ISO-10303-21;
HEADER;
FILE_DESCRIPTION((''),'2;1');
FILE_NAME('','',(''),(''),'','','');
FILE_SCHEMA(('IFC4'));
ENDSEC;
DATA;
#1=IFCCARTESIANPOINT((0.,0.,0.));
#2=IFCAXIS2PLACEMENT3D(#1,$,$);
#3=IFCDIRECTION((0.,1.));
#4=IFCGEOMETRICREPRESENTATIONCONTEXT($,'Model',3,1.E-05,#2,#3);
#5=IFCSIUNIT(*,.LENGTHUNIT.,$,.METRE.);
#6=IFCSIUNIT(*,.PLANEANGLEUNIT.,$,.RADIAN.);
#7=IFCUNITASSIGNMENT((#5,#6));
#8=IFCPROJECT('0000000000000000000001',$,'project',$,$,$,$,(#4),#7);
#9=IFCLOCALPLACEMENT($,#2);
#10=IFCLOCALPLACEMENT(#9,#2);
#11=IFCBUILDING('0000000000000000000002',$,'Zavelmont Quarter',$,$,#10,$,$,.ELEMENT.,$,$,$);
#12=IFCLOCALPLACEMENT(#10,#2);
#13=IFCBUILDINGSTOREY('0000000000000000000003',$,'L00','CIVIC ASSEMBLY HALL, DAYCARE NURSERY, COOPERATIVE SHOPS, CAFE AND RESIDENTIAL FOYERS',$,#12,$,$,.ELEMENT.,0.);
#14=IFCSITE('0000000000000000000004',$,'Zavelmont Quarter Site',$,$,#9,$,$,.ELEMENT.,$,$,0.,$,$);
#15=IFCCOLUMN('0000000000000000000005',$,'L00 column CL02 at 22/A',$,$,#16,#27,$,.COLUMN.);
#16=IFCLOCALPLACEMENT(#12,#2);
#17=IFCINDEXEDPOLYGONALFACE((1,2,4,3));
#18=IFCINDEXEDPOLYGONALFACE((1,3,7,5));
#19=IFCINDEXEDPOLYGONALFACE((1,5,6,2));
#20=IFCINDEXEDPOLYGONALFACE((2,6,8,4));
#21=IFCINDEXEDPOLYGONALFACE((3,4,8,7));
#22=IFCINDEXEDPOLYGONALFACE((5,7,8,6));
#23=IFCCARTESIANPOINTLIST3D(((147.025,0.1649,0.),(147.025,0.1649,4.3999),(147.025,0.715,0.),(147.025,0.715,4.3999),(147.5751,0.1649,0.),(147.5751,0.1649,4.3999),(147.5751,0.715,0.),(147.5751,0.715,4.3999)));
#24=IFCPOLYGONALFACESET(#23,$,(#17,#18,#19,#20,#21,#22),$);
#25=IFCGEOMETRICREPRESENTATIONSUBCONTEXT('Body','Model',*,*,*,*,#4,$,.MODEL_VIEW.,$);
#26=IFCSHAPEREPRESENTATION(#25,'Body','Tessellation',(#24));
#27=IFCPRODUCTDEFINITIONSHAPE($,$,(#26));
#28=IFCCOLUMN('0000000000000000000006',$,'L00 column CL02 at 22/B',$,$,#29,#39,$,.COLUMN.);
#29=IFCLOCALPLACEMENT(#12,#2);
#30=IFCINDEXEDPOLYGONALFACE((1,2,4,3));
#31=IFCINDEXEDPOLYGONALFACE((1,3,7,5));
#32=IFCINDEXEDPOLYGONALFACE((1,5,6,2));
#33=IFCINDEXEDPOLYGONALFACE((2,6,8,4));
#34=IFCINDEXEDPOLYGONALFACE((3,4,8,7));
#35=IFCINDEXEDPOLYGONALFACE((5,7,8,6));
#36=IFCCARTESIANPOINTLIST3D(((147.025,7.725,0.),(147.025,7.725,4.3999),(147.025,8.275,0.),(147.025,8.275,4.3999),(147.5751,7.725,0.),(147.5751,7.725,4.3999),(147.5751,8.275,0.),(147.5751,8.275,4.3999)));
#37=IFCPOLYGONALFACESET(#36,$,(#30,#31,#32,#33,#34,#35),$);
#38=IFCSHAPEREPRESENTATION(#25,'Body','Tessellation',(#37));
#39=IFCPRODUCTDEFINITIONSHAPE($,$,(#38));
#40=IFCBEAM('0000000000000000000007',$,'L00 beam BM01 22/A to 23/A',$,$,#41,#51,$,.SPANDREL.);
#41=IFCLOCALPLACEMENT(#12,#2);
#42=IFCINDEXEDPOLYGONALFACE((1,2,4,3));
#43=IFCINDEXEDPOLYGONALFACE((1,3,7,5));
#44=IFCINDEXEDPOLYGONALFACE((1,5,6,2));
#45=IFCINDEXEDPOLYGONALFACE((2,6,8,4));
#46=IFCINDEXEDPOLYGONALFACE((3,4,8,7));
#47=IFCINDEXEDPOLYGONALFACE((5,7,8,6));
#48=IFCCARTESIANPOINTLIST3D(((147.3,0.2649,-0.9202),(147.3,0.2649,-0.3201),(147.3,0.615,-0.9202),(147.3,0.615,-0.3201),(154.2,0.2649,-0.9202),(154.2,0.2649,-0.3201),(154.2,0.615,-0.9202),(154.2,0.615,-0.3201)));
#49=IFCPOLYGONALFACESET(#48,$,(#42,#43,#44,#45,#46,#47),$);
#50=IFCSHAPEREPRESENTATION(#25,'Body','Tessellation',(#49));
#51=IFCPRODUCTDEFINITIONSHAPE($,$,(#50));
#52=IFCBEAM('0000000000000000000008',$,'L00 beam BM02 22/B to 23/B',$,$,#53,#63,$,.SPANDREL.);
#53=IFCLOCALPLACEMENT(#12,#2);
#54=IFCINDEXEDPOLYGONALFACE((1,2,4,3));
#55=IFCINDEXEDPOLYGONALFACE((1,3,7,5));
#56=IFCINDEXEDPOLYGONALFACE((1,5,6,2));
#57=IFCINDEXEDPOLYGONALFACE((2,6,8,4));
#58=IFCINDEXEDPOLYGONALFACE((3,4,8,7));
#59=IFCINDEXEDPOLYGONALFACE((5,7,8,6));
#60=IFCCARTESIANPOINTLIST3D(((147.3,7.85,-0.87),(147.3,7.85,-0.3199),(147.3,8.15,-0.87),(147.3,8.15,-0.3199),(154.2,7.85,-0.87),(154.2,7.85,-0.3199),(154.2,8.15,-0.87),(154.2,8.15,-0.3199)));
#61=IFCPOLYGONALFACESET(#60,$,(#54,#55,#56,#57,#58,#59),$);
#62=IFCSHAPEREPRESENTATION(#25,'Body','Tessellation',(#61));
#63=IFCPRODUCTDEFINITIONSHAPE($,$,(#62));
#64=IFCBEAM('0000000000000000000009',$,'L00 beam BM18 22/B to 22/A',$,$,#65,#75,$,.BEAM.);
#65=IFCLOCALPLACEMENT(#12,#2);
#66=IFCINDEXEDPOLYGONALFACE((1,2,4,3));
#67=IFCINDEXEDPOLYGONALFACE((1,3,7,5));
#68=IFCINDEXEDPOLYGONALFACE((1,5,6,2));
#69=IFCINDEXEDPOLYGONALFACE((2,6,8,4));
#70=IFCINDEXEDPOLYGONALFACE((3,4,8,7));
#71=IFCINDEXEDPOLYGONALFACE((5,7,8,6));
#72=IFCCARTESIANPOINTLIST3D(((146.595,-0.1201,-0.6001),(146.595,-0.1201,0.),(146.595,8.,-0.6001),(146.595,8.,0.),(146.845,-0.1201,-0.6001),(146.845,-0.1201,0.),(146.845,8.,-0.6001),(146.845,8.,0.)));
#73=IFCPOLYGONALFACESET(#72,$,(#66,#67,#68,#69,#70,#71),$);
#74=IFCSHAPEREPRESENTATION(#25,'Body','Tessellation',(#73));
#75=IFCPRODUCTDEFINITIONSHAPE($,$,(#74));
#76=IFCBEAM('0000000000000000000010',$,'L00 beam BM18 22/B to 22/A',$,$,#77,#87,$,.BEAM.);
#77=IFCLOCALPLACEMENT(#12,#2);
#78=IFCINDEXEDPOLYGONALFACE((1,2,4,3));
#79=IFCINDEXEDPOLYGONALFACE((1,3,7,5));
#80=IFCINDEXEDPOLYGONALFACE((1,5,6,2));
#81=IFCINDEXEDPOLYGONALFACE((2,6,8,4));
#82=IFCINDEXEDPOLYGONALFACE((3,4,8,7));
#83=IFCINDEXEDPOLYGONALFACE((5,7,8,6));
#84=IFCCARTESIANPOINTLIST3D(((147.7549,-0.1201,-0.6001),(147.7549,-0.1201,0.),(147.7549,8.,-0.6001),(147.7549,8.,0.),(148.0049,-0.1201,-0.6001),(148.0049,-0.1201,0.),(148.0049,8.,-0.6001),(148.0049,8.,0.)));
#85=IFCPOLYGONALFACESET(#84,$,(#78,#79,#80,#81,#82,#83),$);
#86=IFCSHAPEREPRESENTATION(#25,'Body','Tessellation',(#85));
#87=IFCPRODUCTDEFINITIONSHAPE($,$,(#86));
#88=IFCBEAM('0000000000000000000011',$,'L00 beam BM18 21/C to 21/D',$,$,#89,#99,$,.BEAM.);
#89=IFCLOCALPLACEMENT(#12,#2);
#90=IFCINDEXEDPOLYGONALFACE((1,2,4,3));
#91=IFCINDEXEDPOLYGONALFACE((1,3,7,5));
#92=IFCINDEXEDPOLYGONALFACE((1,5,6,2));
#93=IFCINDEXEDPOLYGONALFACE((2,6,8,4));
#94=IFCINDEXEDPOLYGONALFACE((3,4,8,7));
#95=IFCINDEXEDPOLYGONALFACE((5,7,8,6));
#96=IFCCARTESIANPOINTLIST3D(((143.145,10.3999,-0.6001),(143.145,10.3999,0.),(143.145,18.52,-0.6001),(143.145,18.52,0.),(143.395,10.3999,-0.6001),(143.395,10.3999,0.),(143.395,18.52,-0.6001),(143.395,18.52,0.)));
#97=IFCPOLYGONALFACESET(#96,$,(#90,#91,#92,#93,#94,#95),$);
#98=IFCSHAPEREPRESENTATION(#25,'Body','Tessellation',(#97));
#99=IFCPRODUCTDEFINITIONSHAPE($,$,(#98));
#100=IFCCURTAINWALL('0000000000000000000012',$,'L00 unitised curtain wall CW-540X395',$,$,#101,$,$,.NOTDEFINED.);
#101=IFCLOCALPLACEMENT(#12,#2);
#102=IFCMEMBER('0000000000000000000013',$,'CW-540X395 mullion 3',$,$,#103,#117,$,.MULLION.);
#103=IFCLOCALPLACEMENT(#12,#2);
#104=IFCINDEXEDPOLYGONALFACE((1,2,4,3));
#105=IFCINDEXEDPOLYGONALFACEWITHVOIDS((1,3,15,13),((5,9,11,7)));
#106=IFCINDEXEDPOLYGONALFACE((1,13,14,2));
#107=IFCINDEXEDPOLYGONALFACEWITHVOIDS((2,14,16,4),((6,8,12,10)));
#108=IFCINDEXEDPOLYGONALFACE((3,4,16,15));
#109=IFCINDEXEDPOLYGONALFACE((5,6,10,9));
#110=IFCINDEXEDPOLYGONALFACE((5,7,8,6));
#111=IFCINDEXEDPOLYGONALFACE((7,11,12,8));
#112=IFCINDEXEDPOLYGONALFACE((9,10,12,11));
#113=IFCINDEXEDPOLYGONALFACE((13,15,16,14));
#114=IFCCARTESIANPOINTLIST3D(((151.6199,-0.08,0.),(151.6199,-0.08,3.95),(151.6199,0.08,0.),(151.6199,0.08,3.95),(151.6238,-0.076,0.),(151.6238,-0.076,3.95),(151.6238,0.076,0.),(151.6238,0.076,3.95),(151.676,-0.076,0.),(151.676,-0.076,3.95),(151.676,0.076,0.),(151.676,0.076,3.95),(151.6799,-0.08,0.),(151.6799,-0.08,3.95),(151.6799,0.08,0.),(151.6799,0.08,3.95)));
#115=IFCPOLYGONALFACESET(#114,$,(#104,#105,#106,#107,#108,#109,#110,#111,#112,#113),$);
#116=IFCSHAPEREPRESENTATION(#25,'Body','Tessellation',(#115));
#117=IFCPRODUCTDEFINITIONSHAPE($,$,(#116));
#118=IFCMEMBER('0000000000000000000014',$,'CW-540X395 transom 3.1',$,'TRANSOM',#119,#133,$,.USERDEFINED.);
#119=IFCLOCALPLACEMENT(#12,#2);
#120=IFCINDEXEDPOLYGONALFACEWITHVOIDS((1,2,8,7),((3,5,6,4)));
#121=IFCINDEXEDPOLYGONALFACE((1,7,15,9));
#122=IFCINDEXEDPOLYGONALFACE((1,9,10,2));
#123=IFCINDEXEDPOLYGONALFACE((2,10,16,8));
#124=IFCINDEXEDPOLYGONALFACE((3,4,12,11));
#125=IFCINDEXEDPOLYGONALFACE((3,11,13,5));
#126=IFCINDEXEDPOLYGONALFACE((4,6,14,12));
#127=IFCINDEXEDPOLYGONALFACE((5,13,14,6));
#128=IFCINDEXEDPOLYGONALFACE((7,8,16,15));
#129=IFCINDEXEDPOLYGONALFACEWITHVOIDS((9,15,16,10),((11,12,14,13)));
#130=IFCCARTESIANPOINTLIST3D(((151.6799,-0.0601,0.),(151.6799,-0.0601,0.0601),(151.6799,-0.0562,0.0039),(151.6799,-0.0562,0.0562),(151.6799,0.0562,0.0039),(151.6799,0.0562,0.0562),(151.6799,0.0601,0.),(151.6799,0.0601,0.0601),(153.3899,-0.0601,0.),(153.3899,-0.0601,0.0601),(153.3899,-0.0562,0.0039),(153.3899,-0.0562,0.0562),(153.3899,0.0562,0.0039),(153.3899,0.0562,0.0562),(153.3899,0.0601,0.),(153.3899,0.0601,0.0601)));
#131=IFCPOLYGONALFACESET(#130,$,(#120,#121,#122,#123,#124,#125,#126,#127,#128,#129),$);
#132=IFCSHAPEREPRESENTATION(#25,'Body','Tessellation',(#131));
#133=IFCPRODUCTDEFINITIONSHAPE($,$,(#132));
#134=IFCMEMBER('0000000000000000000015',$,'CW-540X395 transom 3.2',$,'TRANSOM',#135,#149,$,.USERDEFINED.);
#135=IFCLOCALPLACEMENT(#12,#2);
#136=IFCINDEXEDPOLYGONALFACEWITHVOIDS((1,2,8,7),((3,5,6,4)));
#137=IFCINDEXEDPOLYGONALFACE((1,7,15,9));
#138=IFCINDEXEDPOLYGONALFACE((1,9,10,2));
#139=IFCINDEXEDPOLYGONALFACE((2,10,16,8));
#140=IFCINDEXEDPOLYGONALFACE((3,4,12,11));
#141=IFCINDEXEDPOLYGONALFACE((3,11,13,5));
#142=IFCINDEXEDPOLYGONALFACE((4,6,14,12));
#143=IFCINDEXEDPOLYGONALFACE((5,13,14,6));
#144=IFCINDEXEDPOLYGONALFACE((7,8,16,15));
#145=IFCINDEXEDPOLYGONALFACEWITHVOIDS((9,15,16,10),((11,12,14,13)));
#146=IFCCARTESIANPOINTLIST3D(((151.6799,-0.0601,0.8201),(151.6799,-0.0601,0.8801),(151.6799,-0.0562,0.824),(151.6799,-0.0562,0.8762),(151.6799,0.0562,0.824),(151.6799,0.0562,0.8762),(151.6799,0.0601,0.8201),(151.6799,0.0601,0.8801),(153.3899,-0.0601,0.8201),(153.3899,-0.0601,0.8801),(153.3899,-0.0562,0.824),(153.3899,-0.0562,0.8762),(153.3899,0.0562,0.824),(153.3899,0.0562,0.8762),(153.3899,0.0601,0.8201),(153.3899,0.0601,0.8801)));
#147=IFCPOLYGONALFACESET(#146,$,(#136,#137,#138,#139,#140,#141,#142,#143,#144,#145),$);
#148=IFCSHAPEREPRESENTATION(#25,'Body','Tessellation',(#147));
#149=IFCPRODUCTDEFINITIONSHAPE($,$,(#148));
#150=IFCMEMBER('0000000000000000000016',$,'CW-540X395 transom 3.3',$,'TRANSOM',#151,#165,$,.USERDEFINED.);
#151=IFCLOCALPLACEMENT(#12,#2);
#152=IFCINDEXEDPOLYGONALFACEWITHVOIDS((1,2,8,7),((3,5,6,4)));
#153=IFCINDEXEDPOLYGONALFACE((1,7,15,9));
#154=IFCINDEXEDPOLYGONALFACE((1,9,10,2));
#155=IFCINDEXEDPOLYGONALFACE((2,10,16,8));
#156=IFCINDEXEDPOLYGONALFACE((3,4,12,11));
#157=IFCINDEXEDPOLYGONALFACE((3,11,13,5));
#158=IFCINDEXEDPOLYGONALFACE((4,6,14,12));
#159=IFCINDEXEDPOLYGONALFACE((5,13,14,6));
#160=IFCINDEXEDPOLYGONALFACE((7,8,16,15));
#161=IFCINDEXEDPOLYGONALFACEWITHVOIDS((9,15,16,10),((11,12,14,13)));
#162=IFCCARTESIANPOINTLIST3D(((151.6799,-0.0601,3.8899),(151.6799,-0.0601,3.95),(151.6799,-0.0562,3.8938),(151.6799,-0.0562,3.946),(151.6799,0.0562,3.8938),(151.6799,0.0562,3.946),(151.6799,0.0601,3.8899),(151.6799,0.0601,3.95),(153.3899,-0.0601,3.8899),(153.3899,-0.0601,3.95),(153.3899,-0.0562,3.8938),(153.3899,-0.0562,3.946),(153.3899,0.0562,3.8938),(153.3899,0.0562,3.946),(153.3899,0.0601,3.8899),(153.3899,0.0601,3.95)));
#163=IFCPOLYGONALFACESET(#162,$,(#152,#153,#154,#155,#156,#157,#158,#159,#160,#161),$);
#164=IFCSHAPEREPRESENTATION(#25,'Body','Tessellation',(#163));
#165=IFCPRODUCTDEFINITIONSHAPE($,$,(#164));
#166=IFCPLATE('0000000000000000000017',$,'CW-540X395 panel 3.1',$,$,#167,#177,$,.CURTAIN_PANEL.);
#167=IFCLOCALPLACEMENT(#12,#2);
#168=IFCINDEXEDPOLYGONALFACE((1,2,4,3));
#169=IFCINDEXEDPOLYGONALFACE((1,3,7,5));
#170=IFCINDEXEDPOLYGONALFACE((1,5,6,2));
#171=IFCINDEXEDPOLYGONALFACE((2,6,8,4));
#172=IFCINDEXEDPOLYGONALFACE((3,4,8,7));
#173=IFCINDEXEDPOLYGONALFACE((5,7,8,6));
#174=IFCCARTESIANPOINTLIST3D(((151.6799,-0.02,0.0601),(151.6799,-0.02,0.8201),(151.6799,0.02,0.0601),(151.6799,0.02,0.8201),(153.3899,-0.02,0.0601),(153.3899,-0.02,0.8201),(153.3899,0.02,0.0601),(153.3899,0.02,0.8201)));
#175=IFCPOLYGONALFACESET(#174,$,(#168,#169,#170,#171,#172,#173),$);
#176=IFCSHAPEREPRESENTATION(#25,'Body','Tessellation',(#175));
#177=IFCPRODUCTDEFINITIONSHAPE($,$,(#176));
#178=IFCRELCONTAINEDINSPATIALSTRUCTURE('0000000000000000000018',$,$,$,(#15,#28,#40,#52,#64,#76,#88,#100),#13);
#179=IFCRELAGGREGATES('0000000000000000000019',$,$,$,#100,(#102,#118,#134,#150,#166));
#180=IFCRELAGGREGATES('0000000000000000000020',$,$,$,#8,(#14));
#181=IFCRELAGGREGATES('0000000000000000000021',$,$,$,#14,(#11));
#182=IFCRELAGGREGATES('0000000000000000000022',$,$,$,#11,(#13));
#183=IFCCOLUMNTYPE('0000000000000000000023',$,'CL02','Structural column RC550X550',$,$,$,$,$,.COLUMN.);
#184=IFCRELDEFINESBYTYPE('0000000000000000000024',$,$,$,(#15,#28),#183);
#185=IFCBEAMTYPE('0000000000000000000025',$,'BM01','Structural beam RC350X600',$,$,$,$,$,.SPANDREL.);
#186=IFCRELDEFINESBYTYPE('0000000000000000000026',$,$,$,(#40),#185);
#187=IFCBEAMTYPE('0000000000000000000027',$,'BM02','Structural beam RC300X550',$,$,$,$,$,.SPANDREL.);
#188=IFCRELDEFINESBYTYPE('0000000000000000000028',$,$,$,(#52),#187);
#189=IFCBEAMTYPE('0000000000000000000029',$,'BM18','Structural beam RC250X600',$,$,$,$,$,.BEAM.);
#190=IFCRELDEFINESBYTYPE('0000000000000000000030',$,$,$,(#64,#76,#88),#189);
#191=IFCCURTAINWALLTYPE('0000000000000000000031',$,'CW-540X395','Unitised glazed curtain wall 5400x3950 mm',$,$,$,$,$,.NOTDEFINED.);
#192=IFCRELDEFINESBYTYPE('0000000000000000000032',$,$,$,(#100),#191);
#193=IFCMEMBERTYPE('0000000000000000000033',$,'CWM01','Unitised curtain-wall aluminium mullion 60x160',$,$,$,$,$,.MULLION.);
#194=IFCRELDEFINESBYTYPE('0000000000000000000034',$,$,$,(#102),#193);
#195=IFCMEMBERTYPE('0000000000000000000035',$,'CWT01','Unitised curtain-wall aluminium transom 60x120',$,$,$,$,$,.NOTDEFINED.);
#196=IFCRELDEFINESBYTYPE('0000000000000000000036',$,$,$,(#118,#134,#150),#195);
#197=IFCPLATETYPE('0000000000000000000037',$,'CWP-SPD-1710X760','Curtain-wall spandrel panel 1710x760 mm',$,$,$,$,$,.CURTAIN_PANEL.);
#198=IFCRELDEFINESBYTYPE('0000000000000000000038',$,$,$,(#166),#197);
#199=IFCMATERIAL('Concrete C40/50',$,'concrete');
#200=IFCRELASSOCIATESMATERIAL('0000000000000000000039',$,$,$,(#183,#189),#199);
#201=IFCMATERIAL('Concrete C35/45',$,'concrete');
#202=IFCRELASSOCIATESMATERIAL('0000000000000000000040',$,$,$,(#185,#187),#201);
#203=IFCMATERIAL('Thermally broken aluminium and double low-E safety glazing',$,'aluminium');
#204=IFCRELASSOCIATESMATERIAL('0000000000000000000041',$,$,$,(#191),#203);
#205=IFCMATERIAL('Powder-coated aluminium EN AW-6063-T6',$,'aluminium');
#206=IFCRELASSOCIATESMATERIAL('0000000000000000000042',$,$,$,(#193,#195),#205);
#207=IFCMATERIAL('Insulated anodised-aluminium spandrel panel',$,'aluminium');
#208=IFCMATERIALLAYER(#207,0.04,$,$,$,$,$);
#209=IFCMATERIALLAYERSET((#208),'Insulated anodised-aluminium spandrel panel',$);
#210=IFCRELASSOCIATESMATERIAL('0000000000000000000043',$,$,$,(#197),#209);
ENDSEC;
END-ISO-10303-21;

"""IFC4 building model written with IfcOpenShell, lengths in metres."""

from ifc_helpers import new_model, si_unit, direction, frame, origin, origin_2d, place, context, subcontext, project, spatial, rectangle, hollow_rectangle, extrude, material, layer, layer_set, material_profile, profile_set, type_object, element, aggregate, save


model = new_model("IFC4")

# Units and contexts
model_context = context("Model", 3, precision=1e-05, world=origin(), true_north=direction((0.0, 1.0)))
body_context = subcontext(model_context, "Body", "Model", "MODEL_VIEW")
ifc_project = project(units=[si_unit("LENGTHUNIT", "METRE"), si_unit("PLANEANGLEUNIT", "RADIAN")], contexts=[model_context])

# Site, building, storey
site_placement = place(None, origin())
site = spatial("IfcSite", under=ifc_project, at=site_placement, Name="Zavelmont Quarter Site", CompositionType="ELEMENT", RefElevation=0.0)
building_placement = place(site_placement, origin())
building = spatial("IfcBuilding", under=site, at=building_placement, Name="Zavelmont Quarter", CompositionType="ELEMENT")
storey_placement = place(building_placement, origin())
storey = spatial("IfcBuildingStorey", under=building, at=storey_placement, Name="L00", Description="CIVIC ASSEMBLY HALL, DAYCARE NURSERY, COOPERATIVE SHOPS, CAFE AND RESIDENTIAL FOYERS", CompositionType="ELEMENT", Elevation=0.0)

# Columns
ifc_material_1 = material(Name="Concrete C40/50", Category="concrete")
ifc_material_profile_1 = material_profile(ifc_material_1, rectangle(XDim=0.55, YDim=0.55, at=origin_2d()), Name="RC550X550")
ifc_profile_set_1 = profile_set([ifc_material_profile_1], Name="Concrete C40/50")
column_type = type_object("IfcColumnType", Name="CL02", Description="Structural column RC550X550", PredefinedType="COLUMN", material=ifc_profile_set_1)
for number, where, z_axis, x_axis, name in (
    (1, (147.3, 0.4399, 0.0), (0.0, 0.0, 1.0), (1.0, 0.0, 0.0), "L00 column CL02 at 22/A"),
    (2, (147.3, 8.0, 0.0), (0.0, 0.0, 1.0), (1.0, 0.0, 0.0), "L00 column CL02 at 22/B"),
):
    element("IfcColumn", number, at=place(storey_placement, frame(where, z_axis=z_axis, x_axis=x_axis)), inside=storey, type_object=column_type, Name=name, PredefinedType="COLUMN", context=body_context, shape_type="SweptSolid", body=[
        extrude(rectangle(XDim=0.55, YDim=0.55, at=origin_2d()), origin(), (0.0, 0.0, 1.0), 4.3999),
    ])

# Beams
ifc_material_2 = material(Name="Concrete C35/45", Category="concrete")
ifc_material_profile_2 = material_profile(ifc_material_2, rectangle(XDim=0.3501, YDim=0.6001, at=origin_2d()), Name="RC350X600")
ifc_profile_set_2 = profile_set([ifc_material_profile_2], Name="Concrete C35/45")
beam_type_1 = type_object("IfcBeamType", Name="BM01", Description="Structural beam RC350X600", PredefinedType="SPANDREL", material=ifc_profile_set_2)
beam_1_placement = place(storey_placement, frame((147.3, 0.4399, -0.6201), z_axis=(1.0, 0.0, 0.0), x_axis=(0.0, 1.0, 0.0)))
element("IfcBeam", 3, at=beam_1_placement, inside=storey, type_object=beam_type_1, Name="L00 beam BM01 22/A to 23/A", PredefinedType="SPANDREL", context=body_context, shape_type="SweptSolid", body=[
    extrude(rectangle(XDim=0.3501, YDim=0.6001, at=origin_2d()), origin(), (0.0, 0.0, 1.0), 6.8999),
])
ifc_material_profile_3 = material_profile(ifc_material_2, rectangle(XDim=0.3, YDim=0.55, at=origin_2d()), Name="RC300X550")
ifc_profile_set_3 = profile_set([ifc_material_profile_3], Name="Concrete C35/45")
beam_type_2 = type_object("IfcBeamType", Name="BM02", Description="Structural beam RC300X550", PredefinedType="SPANDREL", material=ifc_profile_set_3)
beam_2_placement = place(storey_placement, frame((147.3, 8.0, -0.595), z_axis=(1.0, 0.0, 0.0), x_axis=(0.0, 1.0, 0.0)))
element("IfcBeam", 4, at=beam_2_placement, inside=storey, type_object=beam_type_2, Name="L00 beam BM02 22/B to 23/B", PredefinedType="SPANDREL", context=body_context, shape_type="SweptSolid", body=[
    extrude(rectangle(XDim=0.3, YDim=0.55, at=origin_2d()), origin(), (0.0, 0.0, 1.0), 6.8999),
])
ifc_material_profile_4 = material_profile(ifc_material_1, rectangle(XDim=0.25, YDim=0.6001, at=origin_2d()), Name="RC250X600")
ifc_profile_set_4 = profile_set([ifc_material_profile_4], Name="Concrete C40/50")
beam_type_3 = type_object("IfcBeamType", Name="BM18", Description="Structural beam RC250X600", PredefinedType="BEAM", material=ifc_profile_set_4)
for number, where, z_axis, x_axis, name in (
    (5, (146.72, 8.0, -0.3), (0.0, -1.0, 0.0), (1.0, 0.0, 0.0), "L00 beam BM18 22/B to 22/A"),
    (6, (147.8799, 8.0, -0.3), (0.0, -1.0, 0.0), (1.0, 0.0, 0.0), "L00 beam BM18 22/B to 22/A"),
    (7, (143.27, 10.3999, -0.3), (0.0, 1.0, 0.0), (-1.0, 0.0, 0.0), "L00 beam BM18 21/C to 21/D"),
):
    element("IfcBeam", number, at=place(storey_placement, frame(where, z_axis=z_axis, x_axis=x_axis)), inside=storey, type_object=beam_type_3, Name=name, PredefinedType="BEAM", context=body_context, shape_type="SweptSolid", body=[
        extrude(rectangle(XDim=0.25, YDim=0.6001, at=origin_2d()), origin(), (0.0, 0.0, 1.0), 8.1201),
    ])

# Curtain wall, members, plate
ifc_material_3 = material(Name="Thermally broken aluminium and double low-E safety glazing", Category="aluminium")
curtain_wall_type = type_object("IfcCurtainWallType", Name="CW-540X395", Description="Unitised glazed curtain wall 5400x3950 mm", PredefinedType="NOTDEFINED", material=ifc_material_3)
curtain_wall_placement = place(storey_placement, origin())
curtain_wall = element("IfcCurtainWall", 8, at=curtain_wall_placement, inside=storey, type_object=curtain_wall_type, Name="L00 unitised curtain wall CW-540X395", PredefinedType="NOTDEFINED")
ifc_material_4 = material(Name="Powder-coated aluminium EN AW-6063-T6", Category="aluminium")
ifc_material_profile_5 = material_profile(ifc_material_4, hollow_rectangle(XDim=0.0601, YDim=0.1599, WallThickness=0.0039, at=origin_2d()), Name="CWM60X160")
ifc_profile_set_5 = profile_set([ifc_material_profile_5], Name="Powder-coated aluminium EN AW-6063-T6")
member_type_1 = type_object("IfcMemberType", Name="CWM01", Description="Unitised curtain-wall aluminium mullion 60x160", PredefinedType="MULLION", material=ifc_profile_set_5)
member_1_placement = place(storey_placement, frame((151.6499, 0.0, 0.0), z_axis=(0.0, 0.0, 1.0), x_axis=(1.0, 0.0, 0.0)))
member_1 = element("IfcMember", 9, at=member_1_placement, type_object=member_type_1, Name="CW-540X395 mullion 3", PredefinedType="MULLION", context=body_context, shape_type="SweptSolid", body=[
    extrude(hollow_rectangle(XDim=0.0601, YDim=0.1599, WallThickness=0.0039, at=origin_2d()), origin(), (0.0, 0.0, 1.0), 3.95),
])
ifc_material_profile_6 = material_profile(ifc_material_4, hollow_rectangle(XDim=0.1201, YDim=0.0601, WallThickness=0.0039, at=origin_2d()), Name="CWT60X120")
ifc_profile_set_6 = profile_set([ifc_material_profile_6], Name="Powder-coated aluminium EN AW-6063-T6")
member_type_2 = type_object("IfcMemberType", Name="CWT01", Description="Unitised curtain-wall aluminium transom 60x120", PredefinedType="NOTDEFINED", material=ifc_profile_set_6)
member_2_placement = place(storey_placement, frame((151.6799, 0.0, 0.03), z_axis=(1.0, 0.0, 0.0), x_axis=(0.0, 1.0, 0.0)))
member_2 = element("IfcMember", 10, at=member_2_placement, type_object=member_type_2, Name="CW-540X395 transom 3.1", ObjectType="TRANSOM", PredefinedType="USERDEFINED", context=body_context, shape_type="SweptSolid", body=[
    extrude(hollow_rectangle(XDim=0.1201, YDim=0.0601, WallThickness=0.0039, at=origin_2d()), origin(), (0.0, 0.0, 1.0), 1.71),
])
member_3_placement = place(storey_placement, frame((151.6799, 0.0, 0.8501), z_axis=(1.0, 0.0, 0.0), x_axis=(0.0, 1.0, 0.0)))
member_3 = element("IfcMember", 11, at=member_3_placement, type_object=member_type_2, Name="CW-540X395 transom 3.2", ObjectType="TRANSOM", PredefinedType="USERDEFINED", context=body_context, shape_type="SweptSolid", body=[
    extrude(hollow_rectangle(XDim=0.1201, YDim=0.0601, WallThickness=0.0039, at=origin_2d()), origin(), (0.0, 0.0, 1.0), 1.71),
])
member_4_placement = place(storey_placement, frame((151.6799, 0.0, 3.9199), z_axis=(1.0, 0.0, 0.0), x_axis=(0.0, 1.0, 0.0)))
member_4 = element("IfcMember", 12, at=member_4_placement, type_object=member_type_2, Name="CW-540X395 transom 3.3", ObjectType="TRANSOM", PredefinedType="USERDEFINED", context=body_context, shape_type="SweptSolid", body=[
    extrude(hollow_rectangle(XDim=0.1201, YDim=0.0601, WallThickness=0.0039, at=origin_2d()), origin(), (0.0, 0.0, 1.0), 1.71),
])
ifc_material_5 = material(Name="Insulated anodised-aluminium spandrel panel", Category="aluminium")
ifc_layer_1 = layer(ifc_material_5, 0.04)
ifc_layer_set_1 = layer_set([ifc_layer_1], Name="Insulated anodised-aluminium spandrel panel")
plate_type = type_object("IfcPlateType", Name="CWP-SPD-1710X760", Description="Curtain-wall spandrel panel 1710x760 mm", PredefinedType="CURTAIN_PANEL", material=ifc_layer_set_1)
plate_placement = place(storey_placement, frame((152.5349, 0.0, 0.0601), z_axis=(0.0, 0.0, 1.0), x_axis=(1.0, 0.0, 0.0)))
plate = element("IfcPlate", 13, at=plate_placement, type_object=plate_type, Name="CW-540X395 panel 3.1", PredefinedType="CURTAIN_PANEL", context=body_context, shape_type="SweptSolid", body=[
    extrude(rectangle(XDim=1.71, YDim=0.04, at=origin_2d()), origin(), (0.0, 0.0, 1.0), 0.76),
])
aggregate(curtain_wall, [member_1, member_2, member_3, member_4, plate])

save(model, "model.ifc")
